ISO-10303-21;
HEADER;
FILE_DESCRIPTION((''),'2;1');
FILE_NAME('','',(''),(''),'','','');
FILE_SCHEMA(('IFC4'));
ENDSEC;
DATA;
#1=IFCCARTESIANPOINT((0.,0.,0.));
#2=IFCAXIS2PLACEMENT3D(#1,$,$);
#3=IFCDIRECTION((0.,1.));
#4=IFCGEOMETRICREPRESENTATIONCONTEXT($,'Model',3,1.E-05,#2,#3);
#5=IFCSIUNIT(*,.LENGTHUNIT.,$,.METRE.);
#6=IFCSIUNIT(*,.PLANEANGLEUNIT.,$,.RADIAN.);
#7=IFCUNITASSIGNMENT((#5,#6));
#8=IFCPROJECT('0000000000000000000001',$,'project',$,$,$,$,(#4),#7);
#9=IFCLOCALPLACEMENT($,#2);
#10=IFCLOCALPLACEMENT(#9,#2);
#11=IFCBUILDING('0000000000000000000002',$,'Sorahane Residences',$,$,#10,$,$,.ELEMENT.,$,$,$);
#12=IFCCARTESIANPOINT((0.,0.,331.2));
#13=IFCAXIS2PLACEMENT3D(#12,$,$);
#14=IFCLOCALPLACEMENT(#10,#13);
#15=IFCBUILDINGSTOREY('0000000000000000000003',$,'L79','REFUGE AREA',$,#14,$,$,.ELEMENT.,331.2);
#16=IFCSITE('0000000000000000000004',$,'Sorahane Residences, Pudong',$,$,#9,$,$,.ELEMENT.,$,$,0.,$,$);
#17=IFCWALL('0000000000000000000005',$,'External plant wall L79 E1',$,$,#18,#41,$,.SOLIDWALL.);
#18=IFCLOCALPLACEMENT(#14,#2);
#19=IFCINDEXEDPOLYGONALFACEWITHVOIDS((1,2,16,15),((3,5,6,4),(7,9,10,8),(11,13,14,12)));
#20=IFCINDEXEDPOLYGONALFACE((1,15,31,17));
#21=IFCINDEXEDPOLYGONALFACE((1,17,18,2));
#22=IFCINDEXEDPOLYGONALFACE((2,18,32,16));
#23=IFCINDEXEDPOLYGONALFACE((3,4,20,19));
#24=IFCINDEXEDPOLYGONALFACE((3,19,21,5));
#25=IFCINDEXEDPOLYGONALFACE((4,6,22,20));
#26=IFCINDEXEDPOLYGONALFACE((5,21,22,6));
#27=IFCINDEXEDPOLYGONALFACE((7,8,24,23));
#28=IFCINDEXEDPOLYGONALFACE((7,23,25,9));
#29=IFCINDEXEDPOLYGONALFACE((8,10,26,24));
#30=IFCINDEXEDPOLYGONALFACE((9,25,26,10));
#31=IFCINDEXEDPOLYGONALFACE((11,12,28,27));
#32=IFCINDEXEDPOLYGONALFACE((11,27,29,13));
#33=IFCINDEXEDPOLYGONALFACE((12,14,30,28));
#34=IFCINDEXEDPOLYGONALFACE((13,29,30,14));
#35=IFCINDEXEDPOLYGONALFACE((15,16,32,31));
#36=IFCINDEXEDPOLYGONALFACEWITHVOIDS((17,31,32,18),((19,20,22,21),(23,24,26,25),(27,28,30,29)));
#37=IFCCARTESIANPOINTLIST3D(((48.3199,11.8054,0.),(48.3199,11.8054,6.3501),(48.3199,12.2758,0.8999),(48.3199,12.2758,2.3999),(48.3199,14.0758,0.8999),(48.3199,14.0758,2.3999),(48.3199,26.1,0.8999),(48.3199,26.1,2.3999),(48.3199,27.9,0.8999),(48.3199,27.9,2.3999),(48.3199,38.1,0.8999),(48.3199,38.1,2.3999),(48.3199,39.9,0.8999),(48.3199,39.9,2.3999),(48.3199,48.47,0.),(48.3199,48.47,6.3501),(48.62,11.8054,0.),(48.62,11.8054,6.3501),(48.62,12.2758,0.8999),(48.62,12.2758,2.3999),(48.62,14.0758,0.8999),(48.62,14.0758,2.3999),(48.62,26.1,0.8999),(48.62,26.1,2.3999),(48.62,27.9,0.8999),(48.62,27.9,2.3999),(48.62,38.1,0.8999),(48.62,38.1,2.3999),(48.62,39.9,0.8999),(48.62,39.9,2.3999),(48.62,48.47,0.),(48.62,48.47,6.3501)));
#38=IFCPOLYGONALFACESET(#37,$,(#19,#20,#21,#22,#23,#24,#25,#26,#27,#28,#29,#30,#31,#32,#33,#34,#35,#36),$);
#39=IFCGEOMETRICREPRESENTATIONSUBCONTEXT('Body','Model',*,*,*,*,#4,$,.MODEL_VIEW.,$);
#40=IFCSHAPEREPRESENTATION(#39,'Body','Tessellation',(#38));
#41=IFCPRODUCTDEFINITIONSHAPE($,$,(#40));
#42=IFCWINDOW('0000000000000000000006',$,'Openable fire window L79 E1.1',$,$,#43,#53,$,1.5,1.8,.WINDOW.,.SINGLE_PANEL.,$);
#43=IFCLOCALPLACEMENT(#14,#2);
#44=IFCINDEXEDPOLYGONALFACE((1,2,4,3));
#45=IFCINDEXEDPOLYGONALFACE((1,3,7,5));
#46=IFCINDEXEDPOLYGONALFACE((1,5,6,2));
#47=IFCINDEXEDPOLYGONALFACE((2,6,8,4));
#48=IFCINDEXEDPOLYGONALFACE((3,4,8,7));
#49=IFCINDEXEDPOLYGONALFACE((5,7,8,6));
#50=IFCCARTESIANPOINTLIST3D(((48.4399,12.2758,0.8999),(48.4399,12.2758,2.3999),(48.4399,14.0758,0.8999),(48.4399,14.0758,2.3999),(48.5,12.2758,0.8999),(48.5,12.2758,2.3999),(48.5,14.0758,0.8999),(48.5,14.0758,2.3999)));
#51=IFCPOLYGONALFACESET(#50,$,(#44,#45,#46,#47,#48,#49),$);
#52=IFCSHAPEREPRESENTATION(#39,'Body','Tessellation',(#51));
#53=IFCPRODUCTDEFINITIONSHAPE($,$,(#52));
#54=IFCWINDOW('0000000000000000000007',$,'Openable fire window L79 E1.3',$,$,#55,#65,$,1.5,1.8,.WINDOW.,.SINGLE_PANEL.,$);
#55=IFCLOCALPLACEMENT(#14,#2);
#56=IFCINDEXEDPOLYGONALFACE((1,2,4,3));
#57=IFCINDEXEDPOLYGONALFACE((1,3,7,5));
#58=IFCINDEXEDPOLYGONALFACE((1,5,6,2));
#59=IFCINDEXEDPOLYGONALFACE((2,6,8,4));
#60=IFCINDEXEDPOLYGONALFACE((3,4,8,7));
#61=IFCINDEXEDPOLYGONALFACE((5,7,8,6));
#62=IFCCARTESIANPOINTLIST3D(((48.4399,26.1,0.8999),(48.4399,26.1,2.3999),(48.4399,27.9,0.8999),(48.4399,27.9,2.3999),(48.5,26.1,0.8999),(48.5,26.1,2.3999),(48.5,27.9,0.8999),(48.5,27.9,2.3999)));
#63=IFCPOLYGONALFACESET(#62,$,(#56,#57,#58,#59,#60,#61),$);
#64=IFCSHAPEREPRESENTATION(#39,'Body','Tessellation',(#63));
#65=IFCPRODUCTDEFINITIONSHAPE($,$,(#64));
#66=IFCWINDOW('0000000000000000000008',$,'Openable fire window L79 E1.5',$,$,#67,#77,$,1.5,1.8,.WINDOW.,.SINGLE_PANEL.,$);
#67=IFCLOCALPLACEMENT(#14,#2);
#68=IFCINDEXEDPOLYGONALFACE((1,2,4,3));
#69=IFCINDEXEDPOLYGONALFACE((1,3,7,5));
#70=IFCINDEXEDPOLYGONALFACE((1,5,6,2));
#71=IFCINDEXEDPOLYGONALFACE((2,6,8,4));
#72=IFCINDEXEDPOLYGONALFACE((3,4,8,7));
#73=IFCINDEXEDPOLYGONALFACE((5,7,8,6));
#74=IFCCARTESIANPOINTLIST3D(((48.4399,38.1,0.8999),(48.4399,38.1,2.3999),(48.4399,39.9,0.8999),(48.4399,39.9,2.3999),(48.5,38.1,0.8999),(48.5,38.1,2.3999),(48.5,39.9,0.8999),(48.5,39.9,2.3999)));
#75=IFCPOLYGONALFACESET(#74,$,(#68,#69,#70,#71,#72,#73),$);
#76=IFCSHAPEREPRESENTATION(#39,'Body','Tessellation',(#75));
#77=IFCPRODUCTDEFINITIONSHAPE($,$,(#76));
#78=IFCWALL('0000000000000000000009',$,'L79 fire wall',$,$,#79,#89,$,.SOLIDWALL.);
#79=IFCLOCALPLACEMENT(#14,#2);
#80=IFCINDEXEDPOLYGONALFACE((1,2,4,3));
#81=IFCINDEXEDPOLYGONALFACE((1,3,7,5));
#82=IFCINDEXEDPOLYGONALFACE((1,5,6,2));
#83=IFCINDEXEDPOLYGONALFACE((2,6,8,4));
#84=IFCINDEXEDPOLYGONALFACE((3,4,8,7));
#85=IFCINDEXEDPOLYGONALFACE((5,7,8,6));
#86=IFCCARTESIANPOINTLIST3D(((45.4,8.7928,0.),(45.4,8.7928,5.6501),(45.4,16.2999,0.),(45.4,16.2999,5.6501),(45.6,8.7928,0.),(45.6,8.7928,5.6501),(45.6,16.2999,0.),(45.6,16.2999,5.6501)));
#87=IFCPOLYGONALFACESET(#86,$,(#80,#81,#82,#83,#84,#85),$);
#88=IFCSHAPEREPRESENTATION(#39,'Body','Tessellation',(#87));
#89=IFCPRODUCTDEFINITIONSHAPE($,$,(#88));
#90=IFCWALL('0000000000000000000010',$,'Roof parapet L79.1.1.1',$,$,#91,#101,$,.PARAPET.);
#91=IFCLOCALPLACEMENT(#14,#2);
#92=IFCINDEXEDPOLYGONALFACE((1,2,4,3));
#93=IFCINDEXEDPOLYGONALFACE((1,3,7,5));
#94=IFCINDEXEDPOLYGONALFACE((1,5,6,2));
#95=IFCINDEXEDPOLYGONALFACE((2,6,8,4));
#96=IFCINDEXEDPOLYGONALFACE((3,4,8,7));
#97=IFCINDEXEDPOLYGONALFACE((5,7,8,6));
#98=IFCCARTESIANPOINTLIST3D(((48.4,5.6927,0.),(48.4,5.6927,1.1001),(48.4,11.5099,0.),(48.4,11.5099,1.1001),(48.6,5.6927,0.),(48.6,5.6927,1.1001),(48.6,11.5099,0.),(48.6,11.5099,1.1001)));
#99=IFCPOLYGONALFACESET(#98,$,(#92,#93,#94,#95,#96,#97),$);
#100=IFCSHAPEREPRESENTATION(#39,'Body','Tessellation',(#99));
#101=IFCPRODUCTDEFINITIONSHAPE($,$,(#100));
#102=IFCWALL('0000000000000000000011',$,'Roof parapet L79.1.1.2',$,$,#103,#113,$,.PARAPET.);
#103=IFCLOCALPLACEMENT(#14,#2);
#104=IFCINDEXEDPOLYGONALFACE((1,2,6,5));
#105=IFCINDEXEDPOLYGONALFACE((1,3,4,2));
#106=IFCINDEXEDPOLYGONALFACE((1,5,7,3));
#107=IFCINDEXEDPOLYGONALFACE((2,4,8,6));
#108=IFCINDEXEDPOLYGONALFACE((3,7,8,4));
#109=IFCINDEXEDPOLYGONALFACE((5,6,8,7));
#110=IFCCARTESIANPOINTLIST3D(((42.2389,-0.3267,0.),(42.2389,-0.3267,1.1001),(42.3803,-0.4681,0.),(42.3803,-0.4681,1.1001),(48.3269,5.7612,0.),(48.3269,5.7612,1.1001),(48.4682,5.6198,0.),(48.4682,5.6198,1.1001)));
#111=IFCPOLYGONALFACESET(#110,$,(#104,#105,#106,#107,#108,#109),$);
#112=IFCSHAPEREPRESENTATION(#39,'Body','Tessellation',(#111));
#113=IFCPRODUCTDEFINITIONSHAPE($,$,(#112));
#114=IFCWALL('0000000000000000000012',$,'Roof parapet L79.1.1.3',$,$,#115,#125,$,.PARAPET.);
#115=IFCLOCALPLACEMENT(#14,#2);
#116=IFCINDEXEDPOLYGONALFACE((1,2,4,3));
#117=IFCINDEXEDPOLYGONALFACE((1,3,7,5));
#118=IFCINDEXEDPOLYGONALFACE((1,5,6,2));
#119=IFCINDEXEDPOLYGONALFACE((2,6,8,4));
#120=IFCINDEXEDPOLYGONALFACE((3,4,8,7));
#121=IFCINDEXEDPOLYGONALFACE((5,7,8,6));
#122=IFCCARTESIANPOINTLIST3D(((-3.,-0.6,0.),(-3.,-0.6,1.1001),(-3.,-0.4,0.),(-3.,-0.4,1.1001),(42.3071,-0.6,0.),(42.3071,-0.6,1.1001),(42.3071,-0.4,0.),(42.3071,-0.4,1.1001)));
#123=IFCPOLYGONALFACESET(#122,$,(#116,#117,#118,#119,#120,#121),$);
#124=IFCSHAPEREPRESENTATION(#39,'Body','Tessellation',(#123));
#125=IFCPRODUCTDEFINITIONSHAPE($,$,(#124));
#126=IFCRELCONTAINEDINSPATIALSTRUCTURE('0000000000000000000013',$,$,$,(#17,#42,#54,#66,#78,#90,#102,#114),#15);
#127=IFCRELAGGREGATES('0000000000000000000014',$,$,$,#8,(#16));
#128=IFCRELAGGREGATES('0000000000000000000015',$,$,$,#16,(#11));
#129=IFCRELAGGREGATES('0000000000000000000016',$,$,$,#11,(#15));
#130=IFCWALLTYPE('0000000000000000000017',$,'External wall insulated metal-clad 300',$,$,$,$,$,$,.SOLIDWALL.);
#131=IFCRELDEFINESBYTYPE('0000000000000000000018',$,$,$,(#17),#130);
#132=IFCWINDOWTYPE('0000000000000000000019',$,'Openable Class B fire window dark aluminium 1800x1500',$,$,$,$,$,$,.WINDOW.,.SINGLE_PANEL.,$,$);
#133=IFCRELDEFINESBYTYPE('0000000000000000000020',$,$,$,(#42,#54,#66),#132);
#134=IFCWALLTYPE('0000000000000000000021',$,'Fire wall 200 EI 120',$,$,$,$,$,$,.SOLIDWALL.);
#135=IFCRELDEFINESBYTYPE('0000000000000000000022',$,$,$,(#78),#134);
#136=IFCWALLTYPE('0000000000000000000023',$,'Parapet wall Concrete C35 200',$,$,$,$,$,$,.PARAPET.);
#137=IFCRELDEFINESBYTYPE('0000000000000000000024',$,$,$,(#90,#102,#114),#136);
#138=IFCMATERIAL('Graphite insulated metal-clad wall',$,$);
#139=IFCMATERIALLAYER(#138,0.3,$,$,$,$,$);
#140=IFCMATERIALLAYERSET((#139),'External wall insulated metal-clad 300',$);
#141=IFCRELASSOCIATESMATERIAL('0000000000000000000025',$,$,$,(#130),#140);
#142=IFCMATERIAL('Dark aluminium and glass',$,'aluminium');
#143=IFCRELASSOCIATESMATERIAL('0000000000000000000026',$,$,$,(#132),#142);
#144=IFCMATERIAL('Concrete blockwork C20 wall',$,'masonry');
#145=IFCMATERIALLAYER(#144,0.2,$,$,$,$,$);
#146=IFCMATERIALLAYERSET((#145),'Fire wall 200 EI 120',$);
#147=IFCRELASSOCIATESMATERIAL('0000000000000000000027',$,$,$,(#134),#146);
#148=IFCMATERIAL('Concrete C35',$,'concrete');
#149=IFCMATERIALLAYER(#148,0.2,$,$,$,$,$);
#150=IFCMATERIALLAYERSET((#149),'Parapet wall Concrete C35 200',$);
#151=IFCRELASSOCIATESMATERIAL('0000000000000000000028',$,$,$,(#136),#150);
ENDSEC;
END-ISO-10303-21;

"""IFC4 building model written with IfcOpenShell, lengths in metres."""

from ifc_helpers import new_model, si_unit, direction, frame, frame_2d, origin, place, context, subcontext, project, spatial, rectangle, extrude, material, layer, layer_set, type_object, element, fill, save


model = new_model("IFC4")

# Units and contexts
model_context = context("Model", 3, precision=1e-05, world=origin(), true_north=direction((0.0, 1.0)))
body_context = subcontext(model_context, "Body", "Model", "MODEL_VIEW")
ifc_project = project(units=[si_unit("LENGTHUNIT", "METRE"), si_unit("PLANEANGLEUNIT", "RADIAN")], contexts=[model_context])

# Site, building, storey
site_placement = place(None, origin())
site = spatial("IfcSite", under=ifc_project, at=site_placement, Name="Sorahane Residences, Pudong", CompositionType="ELEMENT", RefElevation=0.0)
building_placement = place(site_placement, origin())
building = spatial("IfcBuilding", under=site, at=building_placement, Name="Sorahane Residences", CompositionType="ELEMENT")
storey_placement = place(building_placement, frame((0.0, 0.0, 331.2)))
storey = spatial("IfcBuildingStorey", under=building, at=storey_placement, Name="L79", Description="REFUGE AREA", CompositionType="ELEMENT", Elevation=331.2)

# Shared definitions
ifc_material_1 = material(Name="Graphite insulated metal-clad wall")
ifc_layer_1 = layer(ifc_material_1, 0.3)
ifc_layer_set_1 = layer_set([ifc_layer_1], Name="External wall insulated metal-clad 300")
wall_type_1 = type_object("IfcWallType", Name="External wall insulated metal-clad 300", PredefinedType="SOLIDWALL", material=ifc_layer_set_1)
ifc_material_2 = material(Name="Dark aluminium and glass", Category="aluminium")
window_type = type_object("IfcWindowType", Name="Openable Class B fire window dark aluminium 1800x1500", PartitioningType="SINGLE_PANEL", PredefinedType="WINDOW", material=ifc_material_2)

# Wall, openings, windows
wall_1_placement = place(storey_placement, frame((48.47, 11.8054, 0.0), z_axis=(0.0, 0.0, 1.0), x_axis=(0.0, 1.0, 0.0)))
wall_1 = element("IfcWall", 1, at=wall_1_placement, inside=storey, type_object=wall_type_1, Name="External plant wall L79 E1", PredefinedType="SOLIDWALL", context=body_context, shape_type="SweptSolid", body=[
    extrude(rectangle(XDim=36.6646, YDim=0.3, at=frame_2d((18.3323, 0.0))), origin(), (0.0, 0.0, 1.0), 6.3501),
])
opening_1_placement = place(wall_1_placement, frame((0.4705, 0.0, 0.8999)))
opening_1 = element("IfcOpeningElement", 2, at=opening_1_placement, cuts=wall_1, PredefinedType="OPENING", context=body_context, shape_type="SweptSolid", body=[
    extrude(rectangle(XDim=1.8, YDim=1.5, at=frame_2d((0.8999, 0.75))), frame((0.0, 0.1599, 0.0), z_axis=(0.0, -1.0, 0.0), x_axis=(1.0, 0.0, 0.0)), (0.0, 0.0, 1.0), 0.3201),
])
opening_2_placement = place(wall_1_placement, frame((14.2947, 0.0, 0.8999)))
opening_2 = element("IfcOpeningElement", 3, at=opening_2_placement, cuts=wall_1, PredefinedType="OPENING", context=body_context, shape_type="SweptSolid", body=[
    extrude(rectangle(XDim=1.8, YDim=1.5, at=frame_2d((0.8999, 0.75))), frame((0.0, 0.1599, 0.0), z_axis=(0.0, -1.0, 0.0), x_axis=(1.0, 0.0, 0.0)), (0.0, 0.0, 1.0), 0.3201),
])
opening_3_placement = place(wall_1_placement, frame((26.2947, 0.0, 0.8999)))
opening_3 = element("IfcOpeningElement", 4, at=opening_3_placement, cuts=wall_1, PredefinedType="OPENING", context=body_context, shape_type="SweptSolid", body=[
    extrude(rectangle(XDim=1.8, YDim=1.5, at=frame_2d((0.8999, 0.75))), frame((0.0, 0.1599, 0.0), z_axis=(0.0, -1.0, 0.0), x_axis=(1.0, 0.0, 0.0)), (0.0, 0.0, 1.0), 0.3201),
])
window_1_placement = place(opening_1_placement, origin())
window_1 = element("IfcWindow", 5, at=window_1_placement, inside=storey, type_object=window_type, Name="Openable fire window L79 E1.1", OverallHeight=1.5, OverallWidth=1.8, PartitioningType="SINGLE_PANEL", PredefinedType="WINDOW", context=body_context, shape_type="SweptSolid", body=[
    extrude(rectangle(XDim=1.8, YDim=1.5, at=frame_2d((0.8999, 0.75))), frame((0.0, 0.03, 0.0), z_axis=(0.0, -1.0, 0.0), x_axis=(1.0, 0.0, 0.0)), (0.0, 0.0, 1.0), 0.0601),
])
fill(opening_1, window_1)
window_2_placement = place(opening_2_placement, origin())
window_2 = element("IfcWindow", 6, at=window_2_placement, inside=storey, type_object=window_type, Name="Openable fire window L79 E1.3", OverallHeight=1.5, OverallWidth=1.8, PartitioningType="SINGLE_PANEL", PredefinedType="WINDOW", context=body_context, shape_type="SweptSolid", body=[
    extrude(rectangle(XDim=1.8, YDim=1.5, at=frame_2d((0.8999, 0.75))), frame((0.0, 0.03, 0.0), z_axis=(0.0, -1.0, 0.0), x_axis=(1.0, 0.0, 0.0)), (0.0, 0.0, 1.0), 0.0601),
])
fill(opening_2, window_2)
window_3_placement = place(opening_3_placement, origin())
window_3 = element("IfcWindow", 7, at=window_3_placement, inside=storey, type_object=window_type, Name="Openable fire window L79 E1.5", OverallHeight=1.5, OverallWidth=1.8, PartitioningType="SINGLE_PANEL", PredefinedType="WINDOW", context=body_context, shape_type="SweptSolid", body=[
    extrude(rectangle(XDim=1.8, YDim=1.5, at=frame_2d((0.8999, 0.75))), frame((0.0, 0.03, 0.0), z_axis=(0.0, -1.0, 0.0), x_axis=(1.0, 0.0, 0.0)), (0.0, 0.0, 1.0), 0.0601),
])
fill(opening_3, window_3)

# Wall
ifc_material_3 = material(Name="Concrete blockwork C20 wall", Category="masonry")
ifc_layer_2 = layer(ifc_material_3, 0.2)
ifc_layer_set_2 = layer_set([ifc_layer_2], Name="Fire wall 200 EI 120")
wall_type_2 = type_object("IfcWallType", Name="Fire wall 200 EI 120", PredefinedType="SOLIDWALL", material=ifc_layer_set_2)
wall_2_placement = place(storey_placement, frame((45.5, 8.793, 0.0), z_axis=(0.0, 0.0, 1.0), x_axis=(0.0, 1.0, 0.0)))
element("IfcWall", 8, at=wall_2_placement, inside=storey, type_object=wall_type_2, Name="L79 fire wall", PredefinedType="SOLIDWALL", context=body_context, shape_type="SweptSolid", body=[
    extrude(rectangle(XDim=7.5071, YDim=0.2, at=frame_2d((3.7534, 0.0))), origin(), (0.0, 0.0, 1.0), 5.6501),
])

# Walls
ifc_material_4 = material(Name="Concrete C35", Category="concrete")
ifc_layer_3 = layer(ifc_material_4, 0.2)
ifc_layer_set_3 = layer_set([ifc_layer_3], Name="Parapet wall Concrete C35 200")
wall_type_3 = type_object("IfcWallType", Name="Parapet wall Concrete C35 200", PredefinedType="PARAPET", material=ifc_layer_set_3)
wall_3_placement = place(storey_placement, frame((48.5, 11.51, 0.0), z_axis=(0.0, 0.0, 1.0), x_axis=(0.0, -1.0, 0.0)))
element("IfcWall", 9, at=wall_3_placement, inside=storey, type_object=wall_type_3, Name="Roof parapet L79.1.1.1", PredefinedType="PARAPET", context=body_context, shape_type="SweptSolid", body=[
    extrude(rectangle(XDim=5.8171, YDim=0.2, at=frame_2d((2.9087, 0.0))), origin(), (0.0, 0.0, 1.0), 1.1001),
])
wall_4_placement = place(storey_placement, frame((48.3975, 5.6904, 0.0), z_axis=(0.0, 0.0, 1.0), x_axis=(-0.707107, -0.707107, 0.0)))
element("IfcWall", 10, at=wall_4_placement, inside=storey, type_object=wall_type_3, Name="Roof parapet L79.1.1.2", PredefinedType="PARAPET", context=body_context, shape_type="SweptSolid", body=[
    extrude(rectangle(XDim=8.6096, YDim=0.2, at=frame_2d((4.3047, 0.0))), origin(), (0.0, 0.0, 1.0), 1.1001),
])
wall_5_placement = place(storey_placement, frame((42.3071, -0.5, 0.0), z_axis=(0.0, 0.0, 1.0), x_axis=(-1.0, 0.0, 0.0)))
element("IfcWall", 11, at=wall_5_placement, inside=storey, type_object=wall_type_3, Name="Roof parapet L79.1.1.3", PredefinedType="PARAPET", context=body_context, shape_type="SweptSolid", body=[
    extrude(rectangle(XDim=45.3071, YDim=0.2, at=frame_2d((22.6536, 0.0))), origin(), (0.0, 0.0, 1.0), 1.1001),
])

save(model, "model.ifc")
